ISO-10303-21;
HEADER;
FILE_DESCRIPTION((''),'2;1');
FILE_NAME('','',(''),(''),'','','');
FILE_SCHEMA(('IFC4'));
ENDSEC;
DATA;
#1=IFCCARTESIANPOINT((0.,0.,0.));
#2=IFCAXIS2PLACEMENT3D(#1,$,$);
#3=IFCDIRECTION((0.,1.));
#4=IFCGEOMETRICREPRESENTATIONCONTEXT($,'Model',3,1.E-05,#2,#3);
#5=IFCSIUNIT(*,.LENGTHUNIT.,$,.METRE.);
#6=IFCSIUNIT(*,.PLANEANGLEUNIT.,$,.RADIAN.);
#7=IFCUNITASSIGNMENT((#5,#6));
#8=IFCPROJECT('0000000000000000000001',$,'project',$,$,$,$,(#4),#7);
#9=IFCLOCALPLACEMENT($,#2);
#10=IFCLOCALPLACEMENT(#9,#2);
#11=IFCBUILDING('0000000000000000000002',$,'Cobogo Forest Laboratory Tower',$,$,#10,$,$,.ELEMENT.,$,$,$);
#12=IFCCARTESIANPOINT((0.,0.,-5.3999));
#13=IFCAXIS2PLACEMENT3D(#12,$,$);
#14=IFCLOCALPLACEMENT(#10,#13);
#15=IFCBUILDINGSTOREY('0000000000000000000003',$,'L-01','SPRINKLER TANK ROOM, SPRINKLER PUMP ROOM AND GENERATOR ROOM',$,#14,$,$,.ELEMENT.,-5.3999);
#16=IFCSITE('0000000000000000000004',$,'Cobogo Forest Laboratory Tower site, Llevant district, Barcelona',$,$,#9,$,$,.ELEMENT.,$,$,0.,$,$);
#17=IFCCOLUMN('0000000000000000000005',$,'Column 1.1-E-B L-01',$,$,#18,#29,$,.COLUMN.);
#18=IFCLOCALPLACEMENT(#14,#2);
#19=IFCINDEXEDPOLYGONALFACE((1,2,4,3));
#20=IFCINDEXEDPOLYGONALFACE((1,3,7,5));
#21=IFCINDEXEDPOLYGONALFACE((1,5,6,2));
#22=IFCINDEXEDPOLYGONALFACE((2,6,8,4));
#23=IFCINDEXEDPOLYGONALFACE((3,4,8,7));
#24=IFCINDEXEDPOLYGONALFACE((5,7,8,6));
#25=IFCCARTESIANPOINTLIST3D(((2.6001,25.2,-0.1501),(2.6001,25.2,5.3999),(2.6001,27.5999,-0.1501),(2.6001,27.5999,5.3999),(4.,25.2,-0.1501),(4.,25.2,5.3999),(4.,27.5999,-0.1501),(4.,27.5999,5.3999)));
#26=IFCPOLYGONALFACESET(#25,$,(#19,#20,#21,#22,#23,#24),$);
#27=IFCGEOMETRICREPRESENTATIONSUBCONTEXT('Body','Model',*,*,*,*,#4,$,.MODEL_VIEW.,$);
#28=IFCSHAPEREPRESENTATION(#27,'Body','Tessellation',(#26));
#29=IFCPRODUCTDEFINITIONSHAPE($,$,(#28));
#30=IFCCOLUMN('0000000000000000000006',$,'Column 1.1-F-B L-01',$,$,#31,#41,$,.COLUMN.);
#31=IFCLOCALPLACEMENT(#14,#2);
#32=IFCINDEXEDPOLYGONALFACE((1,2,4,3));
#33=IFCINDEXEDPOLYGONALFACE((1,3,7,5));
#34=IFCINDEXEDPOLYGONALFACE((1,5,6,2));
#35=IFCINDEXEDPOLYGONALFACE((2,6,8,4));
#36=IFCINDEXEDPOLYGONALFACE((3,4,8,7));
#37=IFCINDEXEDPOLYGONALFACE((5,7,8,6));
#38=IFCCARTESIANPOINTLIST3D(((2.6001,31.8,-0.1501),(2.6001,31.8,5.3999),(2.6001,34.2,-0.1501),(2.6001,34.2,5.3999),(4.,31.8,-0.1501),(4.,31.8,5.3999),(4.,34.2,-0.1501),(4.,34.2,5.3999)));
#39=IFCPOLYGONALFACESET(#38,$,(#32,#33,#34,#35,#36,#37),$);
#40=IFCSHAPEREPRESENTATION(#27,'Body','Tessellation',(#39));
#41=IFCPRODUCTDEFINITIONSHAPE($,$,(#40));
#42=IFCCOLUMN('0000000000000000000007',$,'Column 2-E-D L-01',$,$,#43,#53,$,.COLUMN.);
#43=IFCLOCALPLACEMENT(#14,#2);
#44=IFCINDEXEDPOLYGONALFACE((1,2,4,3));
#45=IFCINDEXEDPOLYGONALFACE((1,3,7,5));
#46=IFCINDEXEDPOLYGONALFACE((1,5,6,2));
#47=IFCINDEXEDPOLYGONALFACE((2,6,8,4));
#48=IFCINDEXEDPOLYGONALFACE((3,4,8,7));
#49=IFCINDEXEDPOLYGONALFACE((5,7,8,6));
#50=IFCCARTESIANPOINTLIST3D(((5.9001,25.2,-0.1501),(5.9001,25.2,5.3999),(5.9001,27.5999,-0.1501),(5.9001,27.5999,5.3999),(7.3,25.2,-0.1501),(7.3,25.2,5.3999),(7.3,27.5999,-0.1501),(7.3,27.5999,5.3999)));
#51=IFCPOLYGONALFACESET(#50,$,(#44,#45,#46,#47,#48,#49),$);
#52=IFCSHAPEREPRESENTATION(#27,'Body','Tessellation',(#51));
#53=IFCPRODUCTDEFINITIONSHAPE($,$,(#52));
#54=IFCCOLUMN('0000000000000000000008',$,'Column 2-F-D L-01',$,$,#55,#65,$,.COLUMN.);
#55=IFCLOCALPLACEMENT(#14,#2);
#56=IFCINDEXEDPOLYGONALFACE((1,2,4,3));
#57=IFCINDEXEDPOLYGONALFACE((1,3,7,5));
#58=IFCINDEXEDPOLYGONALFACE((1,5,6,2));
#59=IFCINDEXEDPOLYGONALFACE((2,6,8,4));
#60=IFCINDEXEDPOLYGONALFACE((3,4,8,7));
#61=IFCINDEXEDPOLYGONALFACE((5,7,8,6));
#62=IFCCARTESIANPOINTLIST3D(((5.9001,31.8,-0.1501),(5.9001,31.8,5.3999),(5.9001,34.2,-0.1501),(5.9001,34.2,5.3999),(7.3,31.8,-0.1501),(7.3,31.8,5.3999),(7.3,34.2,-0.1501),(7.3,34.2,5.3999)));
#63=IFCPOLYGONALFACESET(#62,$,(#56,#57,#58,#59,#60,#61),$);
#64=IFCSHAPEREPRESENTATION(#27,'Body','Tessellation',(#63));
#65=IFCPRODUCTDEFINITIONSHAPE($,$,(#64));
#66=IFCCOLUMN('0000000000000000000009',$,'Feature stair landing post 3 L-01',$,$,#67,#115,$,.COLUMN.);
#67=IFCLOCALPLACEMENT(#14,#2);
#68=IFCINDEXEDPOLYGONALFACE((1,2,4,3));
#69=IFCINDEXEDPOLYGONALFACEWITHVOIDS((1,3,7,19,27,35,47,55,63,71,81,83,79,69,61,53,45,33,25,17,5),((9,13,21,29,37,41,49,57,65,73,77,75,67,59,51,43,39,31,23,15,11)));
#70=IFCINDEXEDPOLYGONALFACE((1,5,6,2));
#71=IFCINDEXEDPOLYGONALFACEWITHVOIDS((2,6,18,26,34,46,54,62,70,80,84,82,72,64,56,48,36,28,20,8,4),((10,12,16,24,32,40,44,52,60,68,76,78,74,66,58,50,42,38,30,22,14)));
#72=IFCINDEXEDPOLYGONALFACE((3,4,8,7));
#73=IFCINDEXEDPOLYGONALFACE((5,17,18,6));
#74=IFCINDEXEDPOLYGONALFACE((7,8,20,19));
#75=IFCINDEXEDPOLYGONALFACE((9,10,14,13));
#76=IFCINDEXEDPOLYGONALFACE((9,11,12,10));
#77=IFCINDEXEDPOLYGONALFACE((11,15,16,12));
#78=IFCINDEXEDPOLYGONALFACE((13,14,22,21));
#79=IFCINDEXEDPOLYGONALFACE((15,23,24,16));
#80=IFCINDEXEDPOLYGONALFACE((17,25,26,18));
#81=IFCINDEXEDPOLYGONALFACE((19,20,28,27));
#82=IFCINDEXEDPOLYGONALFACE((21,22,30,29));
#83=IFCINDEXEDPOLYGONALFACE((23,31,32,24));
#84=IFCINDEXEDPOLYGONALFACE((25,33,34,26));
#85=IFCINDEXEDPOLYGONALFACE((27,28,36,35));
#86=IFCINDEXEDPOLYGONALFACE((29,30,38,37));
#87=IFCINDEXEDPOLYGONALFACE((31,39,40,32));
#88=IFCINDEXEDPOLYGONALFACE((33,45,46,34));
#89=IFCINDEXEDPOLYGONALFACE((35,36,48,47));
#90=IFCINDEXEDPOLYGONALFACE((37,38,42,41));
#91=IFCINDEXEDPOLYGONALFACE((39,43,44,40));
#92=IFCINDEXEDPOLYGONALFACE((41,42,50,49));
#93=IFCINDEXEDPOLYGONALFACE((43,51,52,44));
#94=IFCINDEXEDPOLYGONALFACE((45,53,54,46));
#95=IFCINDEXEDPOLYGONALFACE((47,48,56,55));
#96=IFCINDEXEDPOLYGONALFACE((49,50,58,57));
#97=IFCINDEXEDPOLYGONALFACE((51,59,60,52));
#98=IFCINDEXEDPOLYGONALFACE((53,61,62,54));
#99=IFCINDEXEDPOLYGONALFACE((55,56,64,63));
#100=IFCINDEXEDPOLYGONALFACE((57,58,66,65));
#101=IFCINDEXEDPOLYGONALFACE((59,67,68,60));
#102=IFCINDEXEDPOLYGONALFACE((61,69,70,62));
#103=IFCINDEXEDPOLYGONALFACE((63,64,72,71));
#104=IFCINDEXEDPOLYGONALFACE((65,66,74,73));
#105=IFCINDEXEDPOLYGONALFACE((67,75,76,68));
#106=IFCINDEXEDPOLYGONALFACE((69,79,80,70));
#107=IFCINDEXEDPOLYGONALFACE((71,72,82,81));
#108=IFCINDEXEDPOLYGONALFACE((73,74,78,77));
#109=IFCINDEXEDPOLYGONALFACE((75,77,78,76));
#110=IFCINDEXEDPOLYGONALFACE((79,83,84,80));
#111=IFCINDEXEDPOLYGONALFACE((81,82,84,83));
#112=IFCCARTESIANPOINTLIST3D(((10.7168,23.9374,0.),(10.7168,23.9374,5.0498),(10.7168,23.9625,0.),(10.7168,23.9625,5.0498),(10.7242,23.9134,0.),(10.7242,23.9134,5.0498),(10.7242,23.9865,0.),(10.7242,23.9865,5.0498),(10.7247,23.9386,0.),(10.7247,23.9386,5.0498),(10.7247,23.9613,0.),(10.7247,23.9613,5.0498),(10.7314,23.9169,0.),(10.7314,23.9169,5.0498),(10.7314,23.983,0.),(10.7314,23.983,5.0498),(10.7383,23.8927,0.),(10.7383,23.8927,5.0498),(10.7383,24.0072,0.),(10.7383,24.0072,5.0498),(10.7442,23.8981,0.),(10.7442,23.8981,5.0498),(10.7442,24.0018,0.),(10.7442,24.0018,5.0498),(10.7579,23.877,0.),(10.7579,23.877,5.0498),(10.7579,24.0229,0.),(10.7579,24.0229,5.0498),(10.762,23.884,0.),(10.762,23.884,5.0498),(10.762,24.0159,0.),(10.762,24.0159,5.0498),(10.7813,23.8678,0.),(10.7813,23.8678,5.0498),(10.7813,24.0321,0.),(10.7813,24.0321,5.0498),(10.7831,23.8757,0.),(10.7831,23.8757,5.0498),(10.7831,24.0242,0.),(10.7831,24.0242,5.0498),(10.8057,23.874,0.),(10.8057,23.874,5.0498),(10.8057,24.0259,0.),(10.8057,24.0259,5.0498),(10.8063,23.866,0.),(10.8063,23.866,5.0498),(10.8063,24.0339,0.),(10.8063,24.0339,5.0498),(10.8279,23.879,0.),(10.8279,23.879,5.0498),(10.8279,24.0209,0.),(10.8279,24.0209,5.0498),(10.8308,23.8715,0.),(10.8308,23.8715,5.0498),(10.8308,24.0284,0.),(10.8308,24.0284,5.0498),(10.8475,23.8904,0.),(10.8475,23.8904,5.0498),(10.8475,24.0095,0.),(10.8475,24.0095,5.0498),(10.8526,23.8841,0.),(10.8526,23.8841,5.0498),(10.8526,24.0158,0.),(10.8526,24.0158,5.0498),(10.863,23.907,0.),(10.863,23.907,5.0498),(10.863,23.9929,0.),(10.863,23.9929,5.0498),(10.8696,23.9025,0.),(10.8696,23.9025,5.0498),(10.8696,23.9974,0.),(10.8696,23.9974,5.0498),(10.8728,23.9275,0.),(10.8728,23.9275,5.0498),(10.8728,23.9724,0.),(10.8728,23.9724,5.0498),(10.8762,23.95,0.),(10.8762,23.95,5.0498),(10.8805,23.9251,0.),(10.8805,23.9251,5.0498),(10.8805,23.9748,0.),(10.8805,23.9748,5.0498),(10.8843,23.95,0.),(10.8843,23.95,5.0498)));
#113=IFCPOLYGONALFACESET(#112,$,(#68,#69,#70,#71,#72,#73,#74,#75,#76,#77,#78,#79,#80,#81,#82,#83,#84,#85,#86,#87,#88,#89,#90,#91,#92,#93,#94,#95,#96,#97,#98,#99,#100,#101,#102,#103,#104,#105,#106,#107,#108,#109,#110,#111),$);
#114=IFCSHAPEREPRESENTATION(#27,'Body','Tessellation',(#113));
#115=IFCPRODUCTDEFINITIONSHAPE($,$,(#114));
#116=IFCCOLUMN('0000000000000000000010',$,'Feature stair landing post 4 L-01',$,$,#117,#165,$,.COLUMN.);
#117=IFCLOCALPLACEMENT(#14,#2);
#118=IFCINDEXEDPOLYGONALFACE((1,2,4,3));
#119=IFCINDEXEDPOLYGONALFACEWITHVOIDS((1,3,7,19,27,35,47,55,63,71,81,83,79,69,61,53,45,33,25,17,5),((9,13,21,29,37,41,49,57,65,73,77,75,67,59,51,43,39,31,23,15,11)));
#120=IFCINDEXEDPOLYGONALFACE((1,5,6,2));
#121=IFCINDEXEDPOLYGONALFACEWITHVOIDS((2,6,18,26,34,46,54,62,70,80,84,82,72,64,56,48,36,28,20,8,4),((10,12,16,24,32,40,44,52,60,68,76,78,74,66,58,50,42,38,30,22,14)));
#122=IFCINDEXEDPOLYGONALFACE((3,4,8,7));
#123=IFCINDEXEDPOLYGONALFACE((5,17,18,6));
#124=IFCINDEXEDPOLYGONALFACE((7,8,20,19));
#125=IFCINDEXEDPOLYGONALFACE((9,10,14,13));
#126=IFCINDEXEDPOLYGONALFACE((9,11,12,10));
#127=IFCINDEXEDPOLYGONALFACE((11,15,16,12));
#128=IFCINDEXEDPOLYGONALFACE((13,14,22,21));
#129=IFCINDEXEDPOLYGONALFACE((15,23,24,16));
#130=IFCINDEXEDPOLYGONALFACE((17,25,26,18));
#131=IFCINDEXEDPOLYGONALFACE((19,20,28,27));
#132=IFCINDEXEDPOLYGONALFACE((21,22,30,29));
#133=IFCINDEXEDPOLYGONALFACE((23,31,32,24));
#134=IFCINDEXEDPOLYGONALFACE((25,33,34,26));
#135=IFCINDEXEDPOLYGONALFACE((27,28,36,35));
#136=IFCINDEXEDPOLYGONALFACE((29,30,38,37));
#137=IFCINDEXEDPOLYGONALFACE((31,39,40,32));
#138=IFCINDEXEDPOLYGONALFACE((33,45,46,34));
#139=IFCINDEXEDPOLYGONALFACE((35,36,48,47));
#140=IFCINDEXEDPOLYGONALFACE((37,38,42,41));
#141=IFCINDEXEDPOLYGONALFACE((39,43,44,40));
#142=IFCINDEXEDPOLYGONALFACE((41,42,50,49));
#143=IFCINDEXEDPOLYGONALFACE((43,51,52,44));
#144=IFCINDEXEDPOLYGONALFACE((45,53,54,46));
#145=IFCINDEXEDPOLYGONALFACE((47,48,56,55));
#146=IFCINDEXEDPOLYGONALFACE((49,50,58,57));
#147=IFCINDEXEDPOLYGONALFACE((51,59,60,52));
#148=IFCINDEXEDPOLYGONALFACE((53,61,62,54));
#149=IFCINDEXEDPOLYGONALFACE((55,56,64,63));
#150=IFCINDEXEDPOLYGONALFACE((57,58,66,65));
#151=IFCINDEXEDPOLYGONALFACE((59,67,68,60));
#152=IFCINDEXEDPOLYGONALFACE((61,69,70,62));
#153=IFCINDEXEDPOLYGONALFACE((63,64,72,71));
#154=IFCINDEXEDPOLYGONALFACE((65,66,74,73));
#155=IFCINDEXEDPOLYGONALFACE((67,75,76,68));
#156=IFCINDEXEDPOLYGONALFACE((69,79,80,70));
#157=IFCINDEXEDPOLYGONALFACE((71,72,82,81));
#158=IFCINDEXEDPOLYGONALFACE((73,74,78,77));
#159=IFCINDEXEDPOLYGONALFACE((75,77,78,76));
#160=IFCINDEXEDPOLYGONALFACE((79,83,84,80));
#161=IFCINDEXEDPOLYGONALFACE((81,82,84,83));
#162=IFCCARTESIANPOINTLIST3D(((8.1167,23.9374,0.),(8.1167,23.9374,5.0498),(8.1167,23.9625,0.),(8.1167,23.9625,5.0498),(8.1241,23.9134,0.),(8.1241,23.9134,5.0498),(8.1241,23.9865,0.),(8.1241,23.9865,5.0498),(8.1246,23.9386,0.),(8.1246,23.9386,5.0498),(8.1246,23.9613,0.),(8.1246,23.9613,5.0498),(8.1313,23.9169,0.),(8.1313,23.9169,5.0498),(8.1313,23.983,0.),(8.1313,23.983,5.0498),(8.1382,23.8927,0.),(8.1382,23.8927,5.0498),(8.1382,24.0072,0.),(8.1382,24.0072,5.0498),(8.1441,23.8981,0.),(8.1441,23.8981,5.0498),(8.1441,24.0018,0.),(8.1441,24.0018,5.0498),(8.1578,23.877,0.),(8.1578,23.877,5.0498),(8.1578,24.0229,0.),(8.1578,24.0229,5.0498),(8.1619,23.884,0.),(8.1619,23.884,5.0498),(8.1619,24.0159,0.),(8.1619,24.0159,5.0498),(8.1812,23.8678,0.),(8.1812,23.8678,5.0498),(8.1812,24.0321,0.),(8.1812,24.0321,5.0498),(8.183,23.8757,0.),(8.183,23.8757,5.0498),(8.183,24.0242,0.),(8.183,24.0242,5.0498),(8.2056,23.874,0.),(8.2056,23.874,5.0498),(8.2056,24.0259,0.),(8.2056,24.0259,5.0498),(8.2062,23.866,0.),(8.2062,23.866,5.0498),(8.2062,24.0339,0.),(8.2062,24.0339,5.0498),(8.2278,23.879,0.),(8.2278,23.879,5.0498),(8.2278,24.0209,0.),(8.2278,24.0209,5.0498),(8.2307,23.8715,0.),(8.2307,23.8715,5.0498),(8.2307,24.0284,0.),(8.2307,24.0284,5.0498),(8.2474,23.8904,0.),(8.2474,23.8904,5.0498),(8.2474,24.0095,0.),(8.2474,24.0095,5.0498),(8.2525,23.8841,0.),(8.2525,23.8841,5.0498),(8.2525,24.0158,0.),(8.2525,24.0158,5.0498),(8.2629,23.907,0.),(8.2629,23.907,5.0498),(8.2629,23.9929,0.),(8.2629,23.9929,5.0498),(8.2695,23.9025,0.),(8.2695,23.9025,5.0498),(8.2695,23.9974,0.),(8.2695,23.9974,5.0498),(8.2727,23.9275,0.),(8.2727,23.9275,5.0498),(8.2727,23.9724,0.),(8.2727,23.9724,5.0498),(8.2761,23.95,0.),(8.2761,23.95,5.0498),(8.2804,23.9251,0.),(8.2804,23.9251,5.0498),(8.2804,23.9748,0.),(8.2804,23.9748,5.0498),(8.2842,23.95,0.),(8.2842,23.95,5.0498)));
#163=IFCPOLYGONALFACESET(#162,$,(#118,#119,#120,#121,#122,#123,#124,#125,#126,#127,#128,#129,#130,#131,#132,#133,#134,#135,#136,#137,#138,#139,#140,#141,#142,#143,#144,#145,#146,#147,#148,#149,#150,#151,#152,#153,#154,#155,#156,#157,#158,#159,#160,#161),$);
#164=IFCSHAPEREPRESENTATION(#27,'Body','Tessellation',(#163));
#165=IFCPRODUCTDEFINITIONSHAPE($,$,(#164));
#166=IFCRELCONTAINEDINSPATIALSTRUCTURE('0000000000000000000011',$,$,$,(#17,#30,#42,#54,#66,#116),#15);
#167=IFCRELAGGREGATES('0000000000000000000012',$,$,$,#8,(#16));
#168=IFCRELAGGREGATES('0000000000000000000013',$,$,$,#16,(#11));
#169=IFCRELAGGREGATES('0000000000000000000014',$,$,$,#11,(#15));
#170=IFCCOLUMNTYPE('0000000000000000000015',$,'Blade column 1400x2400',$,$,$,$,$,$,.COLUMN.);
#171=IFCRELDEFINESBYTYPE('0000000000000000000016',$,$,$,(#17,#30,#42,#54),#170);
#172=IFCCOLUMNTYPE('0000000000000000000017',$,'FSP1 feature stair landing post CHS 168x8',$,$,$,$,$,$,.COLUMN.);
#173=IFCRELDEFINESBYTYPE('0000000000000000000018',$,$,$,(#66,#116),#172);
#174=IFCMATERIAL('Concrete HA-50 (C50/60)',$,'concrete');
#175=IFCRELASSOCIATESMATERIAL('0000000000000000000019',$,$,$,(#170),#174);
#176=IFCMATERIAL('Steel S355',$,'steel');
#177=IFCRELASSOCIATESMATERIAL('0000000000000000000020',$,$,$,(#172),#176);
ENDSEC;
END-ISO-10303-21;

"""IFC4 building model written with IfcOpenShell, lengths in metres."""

from ifc_helpers import new_model, si_unit, direction, frame, origin, origin_2d, place, context, subcontext, project, spatial, rectangle, hollow_circle, extrude, material, material_profile, profile_set, type_object, element, save


model = new_model("IFC4")

# Units and contexts
model_context = context("Model", 3, precision=1e-05, world=origin(), true_north=direction((0.0, 1.0)))
body_context = subcontext(model_context, "Body", "Model", "MODEL_VIEW")
ifc_project = project(units=[si_unit("LENGTHUNIT", "METRE"), si_unit("PLANEANGLEUNIT", "RADIAN")], contexts=[model_context])

# Site, building, storey
site_placement = place(None, origin())
site = spatial("IfcSite", under=ifc_project, at=site_placement, Name="Cobogo Forest Laboratory Tower site, Llevant district, Barcelona", CompositionType="ELEMENT", RefElevation=0.0)
building_placement = place(site_placement, origin())
building = spatial("IfcBuilding", under=site, at=building_placement, Name="Cobogo Forest Laboratory Tower", CompositionType="ELEMENT")
storey_placement = place(building_placement, frame((0.0, 0.0, -5.3999)))
storey = spatial("IfcBuildingStorey", under=building, at=storey_placement, Name="L-01", Description="SPRINKLER TANK ROOM, SPRINKLER PUMP ROOM AND GENERATOR ROOM", CompositionType="ELEMENT", Elevation=-5.3999)

# Columns
ifc_material_1 = material(Name="Concrete HA-50 (C50/60)", Category="concrete")
ifc_material_profile_1 = material_profile(ifc_material_1, rectangle(XDim=2.3999, YDim=1.3999, at=origin_2d()), Name="RC 1400x2400")
ifc_profile_set_1 = profile_set([ifc_material_profile_1], Name="Concrete HA-50 (C50/60)")
column_type_1 = type_object("IfcColumnType", Name="Blade column 1400x2400", PredefinedType="COLUMN", material=ifc_profile_set_1)
for number, where, z_axis, x_axis, name in (
    (1, (3.3, 26.3999, -0.1501), (0.0, 0.0, 1.0), (0.0, 1.0, 0.0), "Column 1.1-E-B L-01"),
    (2, (3.3, 33.0, -0.1501), (0.0, 0.0, 1.0), (0.0, 1.0, 0.0), "Column 1.1-F-B L-01"),
    (3, (6.6001, 26.3999, -0.1501), (0.0, 0.0, 1.0), (0.0, 1.0, 0.0), "Column 2-E-D L-01"),
    (4, (6.6001, 33.0, -0.1501), (0.0, 0.0, 1.0), (0.0, 1.0, 0.0), "Column 2-F-D L-01"),
):
    element("IfcColumn", number, at=place(storey_placement, frame(where, z_axis=z_axis, x_axis=x_axis)), inside=storey, type_object=column_type_1, Name=name, PredefinedType="COLUMN", context=body_context, shape_type="SweptSolid", body=[
        extrude(rectangle(XDim=2.3999, YDim=1.3999, at=origin_2d()), origin(), (0.0, 0.0, 1.0), 5.55),
    ])
ifc_material_2 = material(Name="Steel S355", Category="steel")
ifc_material_profile_2 = material_profile(ifc_material_2, hollow_circle(Radius=0.0842, WallThickness=0.0081, at=origin_2d()), Name="CHS 168.3x8")
ifc_profile_set_2 = profile_set([ifc_material_profile_2], Name="Steel S355")
column_type_2 = type_object("IfcColumnType", Name="FSP1 feature stair landing post CHS 168x8", PredefinedType="COLUMN", material=ifc_profile_set_2)
for number, where, z_axis, x_axis, name in (
    (5, (10.8, 23.95, 0.0), (0.0, 0.0, 1.0), (1.0, 0.0, 0.0), "Feature stair landing post 3 L-01"),
    (6, (8.2, 23.95, 0.0), (0.0, 0.0, 1.0), (1.0, 0.0, 0.0), "Feature stair landing post 4 L-01"),
):
    element("IfcColumn", number, at=place(storey_placement, frame(where, z_axis=z_axis, x_axis=x_axis)), inside=storey, type_object=column_type_2, Name=name, PredefinedType="COLUMN", context=body_context, shape_type="SweptSolid", body=[
        extrude(hollow_circle(Radius=0.0842, WallThickness=0.0081, at=origin_2d()), origin(), (0.0, 0.0, 1.0), 5.0498),
    ])

save(model, "model.ifc")
